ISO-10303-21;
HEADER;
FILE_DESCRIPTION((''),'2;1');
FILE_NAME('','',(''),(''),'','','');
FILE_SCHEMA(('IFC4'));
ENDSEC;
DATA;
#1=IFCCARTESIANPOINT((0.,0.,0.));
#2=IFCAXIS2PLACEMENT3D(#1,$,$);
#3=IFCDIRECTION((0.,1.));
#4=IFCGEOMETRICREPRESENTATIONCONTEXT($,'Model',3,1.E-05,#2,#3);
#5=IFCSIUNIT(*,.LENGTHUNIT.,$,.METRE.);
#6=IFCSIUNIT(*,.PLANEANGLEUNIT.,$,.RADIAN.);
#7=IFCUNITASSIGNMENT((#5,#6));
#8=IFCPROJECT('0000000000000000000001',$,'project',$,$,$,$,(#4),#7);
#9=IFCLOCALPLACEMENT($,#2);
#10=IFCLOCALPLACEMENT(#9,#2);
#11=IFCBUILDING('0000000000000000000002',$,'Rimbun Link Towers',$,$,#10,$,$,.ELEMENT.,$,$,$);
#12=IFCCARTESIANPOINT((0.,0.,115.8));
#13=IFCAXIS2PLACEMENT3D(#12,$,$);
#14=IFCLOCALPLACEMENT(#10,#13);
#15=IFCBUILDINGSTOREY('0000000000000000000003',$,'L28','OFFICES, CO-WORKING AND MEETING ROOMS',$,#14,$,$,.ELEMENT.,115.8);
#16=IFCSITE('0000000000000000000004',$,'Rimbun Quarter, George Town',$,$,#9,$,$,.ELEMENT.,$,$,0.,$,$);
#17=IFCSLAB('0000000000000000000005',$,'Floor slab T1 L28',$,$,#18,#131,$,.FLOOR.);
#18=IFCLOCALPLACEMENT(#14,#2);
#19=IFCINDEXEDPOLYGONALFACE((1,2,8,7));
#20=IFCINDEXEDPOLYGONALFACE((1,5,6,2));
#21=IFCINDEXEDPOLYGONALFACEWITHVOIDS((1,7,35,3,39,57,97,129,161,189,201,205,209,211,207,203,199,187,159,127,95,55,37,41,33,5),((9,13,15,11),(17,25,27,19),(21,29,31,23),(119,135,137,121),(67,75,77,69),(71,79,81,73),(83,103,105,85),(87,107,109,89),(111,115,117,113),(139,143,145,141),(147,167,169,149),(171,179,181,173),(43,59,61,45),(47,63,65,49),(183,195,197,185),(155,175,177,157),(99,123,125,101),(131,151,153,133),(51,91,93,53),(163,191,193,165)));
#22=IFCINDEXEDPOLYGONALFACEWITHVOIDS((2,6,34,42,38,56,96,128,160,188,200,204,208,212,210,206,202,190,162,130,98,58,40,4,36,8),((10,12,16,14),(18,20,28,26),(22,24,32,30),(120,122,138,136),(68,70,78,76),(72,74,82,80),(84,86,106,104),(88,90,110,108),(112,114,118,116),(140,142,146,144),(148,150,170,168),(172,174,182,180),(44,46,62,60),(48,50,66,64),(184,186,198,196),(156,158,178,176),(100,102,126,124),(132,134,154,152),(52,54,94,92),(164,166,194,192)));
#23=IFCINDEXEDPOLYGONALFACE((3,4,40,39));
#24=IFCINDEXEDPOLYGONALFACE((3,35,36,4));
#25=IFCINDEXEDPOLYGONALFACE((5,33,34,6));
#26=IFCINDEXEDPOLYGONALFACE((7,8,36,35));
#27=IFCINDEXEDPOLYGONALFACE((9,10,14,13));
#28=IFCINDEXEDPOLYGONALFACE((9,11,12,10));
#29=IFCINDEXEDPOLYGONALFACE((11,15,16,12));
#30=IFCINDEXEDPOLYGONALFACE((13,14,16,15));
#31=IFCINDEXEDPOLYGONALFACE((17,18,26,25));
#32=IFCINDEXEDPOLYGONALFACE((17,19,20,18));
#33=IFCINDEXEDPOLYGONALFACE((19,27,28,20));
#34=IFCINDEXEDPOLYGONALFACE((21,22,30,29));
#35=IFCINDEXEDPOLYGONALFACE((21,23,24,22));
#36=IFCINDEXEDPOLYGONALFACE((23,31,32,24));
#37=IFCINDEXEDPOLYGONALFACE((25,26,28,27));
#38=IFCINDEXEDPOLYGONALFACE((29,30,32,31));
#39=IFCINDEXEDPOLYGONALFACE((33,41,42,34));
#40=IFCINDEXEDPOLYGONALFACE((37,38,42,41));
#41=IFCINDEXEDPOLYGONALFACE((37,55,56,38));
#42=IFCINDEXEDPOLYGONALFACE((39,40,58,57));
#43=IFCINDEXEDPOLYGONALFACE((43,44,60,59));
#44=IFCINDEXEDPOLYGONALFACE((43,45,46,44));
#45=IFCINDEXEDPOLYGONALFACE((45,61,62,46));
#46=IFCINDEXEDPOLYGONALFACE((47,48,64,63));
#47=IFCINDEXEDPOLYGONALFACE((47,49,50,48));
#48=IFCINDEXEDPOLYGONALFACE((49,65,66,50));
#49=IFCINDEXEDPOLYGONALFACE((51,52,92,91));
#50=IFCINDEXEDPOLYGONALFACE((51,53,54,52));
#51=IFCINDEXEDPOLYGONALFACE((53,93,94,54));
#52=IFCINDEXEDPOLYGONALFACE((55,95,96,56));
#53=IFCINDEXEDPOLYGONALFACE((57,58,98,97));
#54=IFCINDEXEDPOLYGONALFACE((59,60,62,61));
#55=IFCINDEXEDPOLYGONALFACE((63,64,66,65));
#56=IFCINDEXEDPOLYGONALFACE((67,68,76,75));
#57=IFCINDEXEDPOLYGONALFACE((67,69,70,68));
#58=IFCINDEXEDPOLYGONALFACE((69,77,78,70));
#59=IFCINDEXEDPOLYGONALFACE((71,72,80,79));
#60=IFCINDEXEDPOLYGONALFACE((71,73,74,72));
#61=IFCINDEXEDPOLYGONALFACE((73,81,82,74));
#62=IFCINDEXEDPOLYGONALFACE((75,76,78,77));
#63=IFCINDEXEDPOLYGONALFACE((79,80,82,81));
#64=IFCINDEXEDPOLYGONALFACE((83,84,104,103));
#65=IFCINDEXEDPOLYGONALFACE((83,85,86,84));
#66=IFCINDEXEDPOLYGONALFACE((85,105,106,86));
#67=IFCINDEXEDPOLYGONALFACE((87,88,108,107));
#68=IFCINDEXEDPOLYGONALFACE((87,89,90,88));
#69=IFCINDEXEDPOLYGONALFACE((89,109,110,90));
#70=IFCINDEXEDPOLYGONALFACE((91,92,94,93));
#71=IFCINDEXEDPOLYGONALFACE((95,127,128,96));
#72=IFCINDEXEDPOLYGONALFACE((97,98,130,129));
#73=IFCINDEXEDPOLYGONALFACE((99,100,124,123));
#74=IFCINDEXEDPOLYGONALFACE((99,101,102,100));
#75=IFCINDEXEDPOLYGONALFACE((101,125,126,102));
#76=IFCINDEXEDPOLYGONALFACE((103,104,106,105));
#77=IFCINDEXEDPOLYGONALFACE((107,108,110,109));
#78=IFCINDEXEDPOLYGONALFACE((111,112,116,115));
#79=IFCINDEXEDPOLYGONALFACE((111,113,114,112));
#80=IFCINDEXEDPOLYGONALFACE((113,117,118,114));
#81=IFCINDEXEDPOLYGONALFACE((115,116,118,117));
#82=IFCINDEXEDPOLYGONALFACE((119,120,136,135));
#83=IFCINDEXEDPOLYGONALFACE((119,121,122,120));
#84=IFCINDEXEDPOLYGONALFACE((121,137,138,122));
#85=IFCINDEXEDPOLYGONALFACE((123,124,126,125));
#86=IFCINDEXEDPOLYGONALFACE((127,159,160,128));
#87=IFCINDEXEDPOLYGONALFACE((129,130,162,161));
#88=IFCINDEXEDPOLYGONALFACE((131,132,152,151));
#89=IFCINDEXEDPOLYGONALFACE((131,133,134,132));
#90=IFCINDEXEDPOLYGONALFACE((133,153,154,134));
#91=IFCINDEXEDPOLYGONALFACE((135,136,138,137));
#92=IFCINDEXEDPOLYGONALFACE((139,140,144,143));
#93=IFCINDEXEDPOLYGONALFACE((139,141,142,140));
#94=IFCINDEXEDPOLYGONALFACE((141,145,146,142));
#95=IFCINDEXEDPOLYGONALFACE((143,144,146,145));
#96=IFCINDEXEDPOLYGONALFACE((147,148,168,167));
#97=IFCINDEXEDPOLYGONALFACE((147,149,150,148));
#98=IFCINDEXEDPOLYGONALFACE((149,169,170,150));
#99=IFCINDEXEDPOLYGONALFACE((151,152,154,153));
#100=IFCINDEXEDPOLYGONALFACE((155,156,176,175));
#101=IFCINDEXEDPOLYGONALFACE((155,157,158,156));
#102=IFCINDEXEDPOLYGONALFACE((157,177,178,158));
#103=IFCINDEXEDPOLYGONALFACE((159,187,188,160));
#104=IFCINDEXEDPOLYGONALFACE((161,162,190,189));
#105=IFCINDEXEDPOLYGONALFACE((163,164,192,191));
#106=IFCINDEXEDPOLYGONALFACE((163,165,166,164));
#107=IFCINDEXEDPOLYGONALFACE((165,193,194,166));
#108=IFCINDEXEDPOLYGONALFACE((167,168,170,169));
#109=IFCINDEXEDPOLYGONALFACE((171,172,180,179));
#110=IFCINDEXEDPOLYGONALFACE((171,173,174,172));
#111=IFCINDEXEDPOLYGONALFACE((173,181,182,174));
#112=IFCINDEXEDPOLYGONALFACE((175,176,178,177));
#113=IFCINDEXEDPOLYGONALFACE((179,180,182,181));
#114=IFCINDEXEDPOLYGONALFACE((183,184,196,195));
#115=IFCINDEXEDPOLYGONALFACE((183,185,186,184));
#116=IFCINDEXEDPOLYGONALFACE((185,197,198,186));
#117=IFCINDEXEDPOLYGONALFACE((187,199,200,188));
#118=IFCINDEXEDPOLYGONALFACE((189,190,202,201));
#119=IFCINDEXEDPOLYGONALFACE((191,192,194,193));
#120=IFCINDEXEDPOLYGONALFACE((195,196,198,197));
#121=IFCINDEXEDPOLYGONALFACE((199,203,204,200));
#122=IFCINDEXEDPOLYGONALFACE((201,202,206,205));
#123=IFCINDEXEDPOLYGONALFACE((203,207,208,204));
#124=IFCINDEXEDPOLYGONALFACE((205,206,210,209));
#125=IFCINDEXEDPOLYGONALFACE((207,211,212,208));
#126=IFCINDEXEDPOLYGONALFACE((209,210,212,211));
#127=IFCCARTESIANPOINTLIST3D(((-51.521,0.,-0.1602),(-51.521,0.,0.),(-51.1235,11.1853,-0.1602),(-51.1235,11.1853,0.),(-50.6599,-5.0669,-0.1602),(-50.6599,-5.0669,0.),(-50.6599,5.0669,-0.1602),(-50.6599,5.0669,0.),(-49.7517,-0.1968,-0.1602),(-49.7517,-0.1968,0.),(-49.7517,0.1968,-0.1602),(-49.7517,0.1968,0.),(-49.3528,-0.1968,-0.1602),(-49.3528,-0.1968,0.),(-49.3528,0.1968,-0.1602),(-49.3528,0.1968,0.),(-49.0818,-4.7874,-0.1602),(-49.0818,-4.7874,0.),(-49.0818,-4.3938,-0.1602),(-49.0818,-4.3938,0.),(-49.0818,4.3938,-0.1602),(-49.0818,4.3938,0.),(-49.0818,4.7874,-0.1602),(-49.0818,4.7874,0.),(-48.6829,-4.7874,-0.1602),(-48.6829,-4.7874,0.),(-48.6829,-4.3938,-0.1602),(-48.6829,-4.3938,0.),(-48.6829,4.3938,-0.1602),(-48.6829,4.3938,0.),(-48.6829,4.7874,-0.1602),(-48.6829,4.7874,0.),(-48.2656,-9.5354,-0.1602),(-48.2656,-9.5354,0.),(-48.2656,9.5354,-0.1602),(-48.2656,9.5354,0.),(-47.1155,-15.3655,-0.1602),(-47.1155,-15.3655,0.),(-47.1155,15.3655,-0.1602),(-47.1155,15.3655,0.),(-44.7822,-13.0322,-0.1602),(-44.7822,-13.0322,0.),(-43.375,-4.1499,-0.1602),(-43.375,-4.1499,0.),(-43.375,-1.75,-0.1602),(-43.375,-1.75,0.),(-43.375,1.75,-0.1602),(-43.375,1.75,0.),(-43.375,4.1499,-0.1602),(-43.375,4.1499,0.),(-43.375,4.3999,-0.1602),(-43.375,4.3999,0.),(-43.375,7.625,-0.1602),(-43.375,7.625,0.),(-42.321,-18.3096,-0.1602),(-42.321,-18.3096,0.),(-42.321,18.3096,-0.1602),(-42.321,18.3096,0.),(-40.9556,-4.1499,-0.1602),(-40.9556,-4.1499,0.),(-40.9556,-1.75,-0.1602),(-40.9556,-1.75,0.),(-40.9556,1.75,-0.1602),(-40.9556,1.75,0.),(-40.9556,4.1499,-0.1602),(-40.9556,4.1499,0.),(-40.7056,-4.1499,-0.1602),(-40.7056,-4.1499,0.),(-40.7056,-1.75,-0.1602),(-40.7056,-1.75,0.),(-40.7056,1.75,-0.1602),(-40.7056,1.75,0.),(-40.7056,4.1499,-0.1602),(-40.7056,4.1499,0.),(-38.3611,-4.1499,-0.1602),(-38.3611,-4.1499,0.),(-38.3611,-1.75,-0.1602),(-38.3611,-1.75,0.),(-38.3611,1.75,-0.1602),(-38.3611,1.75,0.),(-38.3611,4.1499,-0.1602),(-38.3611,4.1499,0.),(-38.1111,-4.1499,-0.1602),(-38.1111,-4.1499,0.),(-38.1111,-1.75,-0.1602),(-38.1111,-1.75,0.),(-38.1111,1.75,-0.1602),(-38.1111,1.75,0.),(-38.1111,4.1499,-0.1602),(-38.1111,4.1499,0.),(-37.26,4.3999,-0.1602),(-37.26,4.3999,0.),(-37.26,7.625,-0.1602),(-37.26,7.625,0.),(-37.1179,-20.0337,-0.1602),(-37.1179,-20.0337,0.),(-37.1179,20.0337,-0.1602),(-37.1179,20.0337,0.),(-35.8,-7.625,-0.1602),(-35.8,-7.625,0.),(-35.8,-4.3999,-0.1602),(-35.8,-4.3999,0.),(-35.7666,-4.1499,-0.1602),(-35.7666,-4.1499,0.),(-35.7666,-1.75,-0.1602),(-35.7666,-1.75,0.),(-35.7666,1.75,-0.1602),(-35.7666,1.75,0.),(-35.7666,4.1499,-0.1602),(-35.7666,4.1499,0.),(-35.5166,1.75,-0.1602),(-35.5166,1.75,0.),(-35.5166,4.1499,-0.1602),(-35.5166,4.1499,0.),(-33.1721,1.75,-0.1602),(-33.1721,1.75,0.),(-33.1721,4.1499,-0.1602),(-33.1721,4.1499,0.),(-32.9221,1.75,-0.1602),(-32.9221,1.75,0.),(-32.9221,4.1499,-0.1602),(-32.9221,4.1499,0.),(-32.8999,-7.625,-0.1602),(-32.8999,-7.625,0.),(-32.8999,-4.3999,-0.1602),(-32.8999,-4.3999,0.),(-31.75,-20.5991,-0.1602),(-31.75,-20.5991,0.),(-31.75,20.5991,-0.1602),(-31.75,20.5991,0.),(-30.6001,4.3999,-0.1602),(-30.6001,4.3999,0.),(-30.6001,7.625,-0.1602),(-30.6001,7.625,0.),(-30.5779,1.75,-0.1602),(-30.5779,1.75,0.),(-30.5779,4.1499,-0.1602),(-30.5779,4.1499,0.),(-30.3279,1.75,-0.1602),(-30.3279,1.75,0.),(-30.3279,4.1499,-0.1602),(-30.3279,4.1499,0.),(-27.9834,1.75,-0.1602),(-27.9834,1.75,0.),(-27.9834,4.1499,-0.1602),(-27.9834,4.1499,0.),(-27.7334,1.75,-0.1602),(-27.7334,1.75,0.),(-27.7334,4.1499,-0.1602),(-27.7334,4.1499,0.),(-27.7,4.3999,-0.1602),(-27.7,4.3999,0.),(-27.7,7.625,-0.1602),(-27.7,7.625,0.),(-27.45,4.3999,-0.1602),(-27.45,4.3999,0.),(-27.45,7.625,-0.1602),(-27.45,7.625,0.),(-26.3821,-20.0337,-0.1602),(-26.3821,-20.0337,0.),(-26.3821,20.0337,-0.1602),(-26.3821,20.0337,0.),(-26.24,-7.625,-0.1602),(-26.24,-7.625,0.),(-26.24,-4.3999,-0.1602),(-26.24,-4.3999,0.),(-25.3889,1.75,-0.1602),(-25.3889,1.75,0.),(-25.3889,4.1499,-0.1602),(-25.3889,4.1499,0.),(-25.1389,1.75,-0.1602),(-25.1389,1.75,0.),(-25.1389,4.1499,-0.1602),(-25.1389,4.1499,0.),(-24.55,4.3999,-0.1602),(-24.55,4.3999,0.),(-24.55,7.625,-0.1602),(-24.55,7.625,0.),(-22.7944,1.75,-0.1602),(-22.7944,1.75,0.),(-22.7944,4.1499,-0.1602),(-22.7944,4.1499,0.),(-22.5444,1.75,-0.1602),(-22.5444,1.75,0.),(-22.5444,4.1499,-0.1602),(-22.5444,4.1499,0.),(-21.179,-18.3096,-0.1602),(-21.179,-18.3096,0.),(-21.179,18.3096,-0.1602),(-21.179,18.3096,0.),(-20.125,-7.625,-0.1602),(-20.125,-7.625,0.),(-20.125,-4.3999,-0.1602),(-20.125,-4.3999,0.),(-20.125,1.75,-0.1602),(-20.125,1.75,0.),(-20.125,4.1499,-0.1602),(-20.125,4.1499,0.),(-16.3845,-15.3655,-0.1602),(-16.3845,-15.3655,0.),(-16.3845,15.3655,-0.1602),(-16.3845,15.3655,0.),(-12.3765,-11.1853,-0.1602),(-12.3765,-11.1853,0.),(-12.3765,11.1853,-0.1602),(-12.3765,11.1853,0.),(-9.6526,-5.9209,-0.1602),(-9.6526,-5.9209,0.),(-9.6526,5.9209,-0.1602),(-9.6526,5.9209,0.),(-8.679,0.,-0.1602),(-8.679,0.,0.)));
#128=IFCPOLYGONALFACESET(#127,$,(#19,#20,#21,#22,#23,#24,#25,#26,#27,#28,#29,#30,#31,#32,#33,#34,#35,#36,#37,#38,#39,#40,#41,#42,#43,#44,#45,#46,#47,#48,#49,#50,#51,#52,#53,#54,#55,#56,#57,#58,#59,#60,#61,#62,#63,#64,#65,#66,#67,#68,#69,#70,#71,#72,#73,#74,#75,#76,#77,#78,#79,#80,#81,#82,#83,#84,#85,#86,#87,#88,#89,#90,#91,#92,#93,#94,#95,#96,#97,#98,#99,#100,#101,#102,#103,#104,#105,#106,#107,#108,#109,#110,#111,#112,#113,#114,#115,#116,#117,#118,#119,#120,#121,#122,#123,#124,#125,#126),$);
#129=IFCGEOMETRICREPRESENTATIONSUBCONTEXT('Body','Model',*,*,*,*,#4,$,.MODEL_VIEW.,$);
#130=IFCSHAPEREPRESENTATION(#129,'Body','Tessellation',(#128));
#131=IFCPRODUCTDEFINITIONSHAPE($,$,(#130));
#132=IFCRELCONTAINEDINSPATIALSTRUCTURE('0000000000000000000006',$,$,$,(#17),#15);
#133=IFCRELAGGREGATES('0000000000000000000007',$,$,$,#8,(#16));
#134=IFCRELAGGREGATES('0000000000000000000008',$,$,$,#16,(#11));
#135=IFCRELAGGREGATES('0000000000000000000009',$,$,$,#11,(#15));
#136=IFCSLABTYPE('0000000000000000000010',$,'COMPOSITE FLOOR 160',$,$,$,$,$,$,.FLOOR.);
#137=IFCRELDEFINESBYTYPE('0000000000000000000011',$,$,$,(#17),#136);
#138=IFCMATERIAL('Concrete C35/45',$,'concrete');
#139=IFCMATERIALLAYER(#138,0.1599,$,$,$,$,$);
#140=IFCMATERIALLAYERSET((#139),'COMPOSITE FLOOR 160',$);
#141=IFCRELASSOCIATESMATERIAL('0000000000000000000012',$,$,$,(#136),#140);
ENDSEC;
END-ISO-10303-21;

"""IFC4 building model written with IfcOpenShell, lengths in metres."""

from ifc_helpers import new_model, si_unit, direction, frame, origin, place, context, subcontext, project, spatial, polyline, outline, extrude, material, layer, layer_set, type_object, element, save


model = new_model("IFC4")

# Units and contexts
model_context = context("Model", 3, precision=1e-05, world=origin(), true_north=direction((0.0, 1.0)))
body_context = subcontext(model_context, "Body", "Model", "MODEL_VIEW")
ifc_project = project(units=[si_unit("LENGTHUNIT", "METRE"), si_unit("PLANEANGLEUNIT", "RADIAN")], contexts=[model_context])

# Site, building, storey
site_placement = place(None, origin())
site = spatial("IfcSite", under=ifc_project, at=site_placement, Name="Rimbun Quarter, George Town", CompositionType="ELEMENT", RefElevation=0.0)
building_placement = place(site_placement, origin())
building = spatial("IfcBuilding", under=site, at=building_placement, Name="Rimbun Link Towers", CompositionType="ELEMENT")
storey_placement = place(building_placement, frame((0.0, 0.0, 115.8)))
storey = spatial("IfcBuildingStorey", under=building, at=storey_placement, Name="L28", Description="OFFICES, CO-WORKING AND MEETING ROOMS", CompositionType="ELEMENT", Elevation=115.8)

# Slab
ifc_material_1 = material(Name="Concrete C35/45", Category="concrete")
ifc_layer_1 = layer(ifc_material_1, 0.1599)
ifc_layer_set_1 = layer_set([ifc_layer_1], Name="COMPOSITE FLOOR 160")
slab_type_1 = type_object("IfcSlabType", Name="COMPOSITE FLOOR 160", PredefinedType="FLOOR", material=ifc_layer_set_1)
slab_1_placement = place(storey_placement, frame((0.0, 0.0, -0.1602)))
element("IfcSlab", 1, at=slab_1_placement, inside=storey, type_object=slab_type_1, Name="Floor slab T1 L28", PredefinedType="FLOOR", context=body_context, shape_type="SweptSolid", body=[
    extrude(outline(polyline([(-47.1155, 15.3655), (-42.321, 18.3096), (-37.1179, 20.0337), (-31.75, 20.5991), (-26.3821, 20.0337), (-21.179, 18.3096), (-16.3845, 15.3655), (-12.3765, 11.1853), (-9.6526, 5.9209), (-8.679, 0.0), (-9.6526, -5.9209), (-12.3765, -11.1853), (-16.3845, -15.3655), (-21.179, -18.3096), (-26.3821, -20.0337), (-31.75, -20.5991), (-37.1179, -20.0337), (-42.321, -18.3096), (-47.1155, -15.3655), (-44.7822, -13.0322), (-48.2656, -9.5354), (-50.6599, -5.0669), (-51.521, 0.0), (-50.6599, 5.0669), (-48.2656, 9.5354), (-51.1235, 11.1853), (-47.1155, 15.3655)]), holes=[polyline([(-48.6829, -4.7874), (-48.6829, -4.3938), (-49.0818, -4.3938), (-49.0818, -4.7874), (-48.6829, -4.7874)]), polyline([(-40.9556, -4.1499), (-40.9556, -1.75), (-43.375, -1.75), (-43.375, -4.1499), (-40.9556, -4.1499)]), polyline([(-38.3611, -4.1499), (-38.3611, -1.75), (-40.7056, -1.75), (-40.7056, -4.1499), (-38.3611, -4.1499)]), polyline([(-38.1111, -4.1499), (-35.7666, -4.1499), (-35.7666, -1.75), (-38.1111, -1.75), (-38.1111, -4.1499)]), polyline([(-49.7517, -0.1968), (-49.3528, -0.1968), (-49.3528, 0.1968), (-49.7517, 0.1968), (-49.7517, -0.1968)]), polyline([(-40.9556, 1.75), (-40.9556, 4.1499), (-43.375, 4.1499), (-43.375, 1.75), (-40.9556, 1.75)]), polyline([(-38.3611, 1.75), (-38.3611, 4.1499), (-40.7056, 4.1499), (-40.7056, 1.75), (-38.3611, 1.75)]), polyline([(-35.7666, 1.75), (-35.7666, 4.1499), (-38.1111, 4.1499), (-38.1111, 1.75), (-35.7666, 1.75)]), polyline([(-49.0818, 4.3938), (-48.6829, 4.3938), (-48.6829, 4.7874), (-49.0818, 4.7874), (-49.0818, 4.3938)]), polyline([(-43.375, 4.3999), (-37.26, 4.3999), (-37.26, 7.625), (-43.375, 7.625), (-43.375, 4.3999)]), polyline([(-32.8999, -7.625), (-32.8999, -4.3999), (-35.8, -4.3999), (-35.8, -7.625), (-32.8999, -7.625)]), polyline([(-20.125, -7.625), (-20.125, -4.3999), (-26.24, -4.3999), (-26.24, -7.625), (-20.125, -7.625)]), polyline([(-33.1721, 1.75), (-33.1721, 4.1499), (-35.5166, 4.1499), (-35.5166, 1.75), (-33.1721, 1.75)]), polyline([(-32.9221, 1.75), (-30.5779, 1.75), (-30.5779, 4.1499), (-32.9221, 4.1499), (-32.9221, 1.75)]), polyline([(-30.3279, 1.75), (-27.9834, 1.75), (-27.9834, 4.1499), (-30.3279, 4.1499), (-30.3279, 1.75)]), polyline([(-25.3889, 1.75), (-25.3889, 4.1499), (-27.7334, 4.1499), (-27.7334, 1.75), (-25.3889, 1.75)]), polyline([(-22.7944, 1.75), (-22.7944, 4.1499), (-25.1389, 4.1499), (-25.1389, 1.75), (-22.7944, 1.75)]), polyline([(-20.125, 1.75), (-20.125, 4.1499), (-22.5444, 4.1499), (-22.5444, 1.75), (-20.125, 1.75)]), polyline([(-30.6001, 4.3999), (-27.7, 4.3999), (-27.7, 7.625), (-30.6001, 7.625), (-30.6001, 4.3999)]), polyline([(-27.45, 4.3999), (-24.55, 4.3999), (-24.55, 7.625), (-27.45, 7.625), (-27.45, 4.3999)])]), origin(), (0.0, 0.0, 1.0), 0.1602),
])

save(model, "model.ifc")
